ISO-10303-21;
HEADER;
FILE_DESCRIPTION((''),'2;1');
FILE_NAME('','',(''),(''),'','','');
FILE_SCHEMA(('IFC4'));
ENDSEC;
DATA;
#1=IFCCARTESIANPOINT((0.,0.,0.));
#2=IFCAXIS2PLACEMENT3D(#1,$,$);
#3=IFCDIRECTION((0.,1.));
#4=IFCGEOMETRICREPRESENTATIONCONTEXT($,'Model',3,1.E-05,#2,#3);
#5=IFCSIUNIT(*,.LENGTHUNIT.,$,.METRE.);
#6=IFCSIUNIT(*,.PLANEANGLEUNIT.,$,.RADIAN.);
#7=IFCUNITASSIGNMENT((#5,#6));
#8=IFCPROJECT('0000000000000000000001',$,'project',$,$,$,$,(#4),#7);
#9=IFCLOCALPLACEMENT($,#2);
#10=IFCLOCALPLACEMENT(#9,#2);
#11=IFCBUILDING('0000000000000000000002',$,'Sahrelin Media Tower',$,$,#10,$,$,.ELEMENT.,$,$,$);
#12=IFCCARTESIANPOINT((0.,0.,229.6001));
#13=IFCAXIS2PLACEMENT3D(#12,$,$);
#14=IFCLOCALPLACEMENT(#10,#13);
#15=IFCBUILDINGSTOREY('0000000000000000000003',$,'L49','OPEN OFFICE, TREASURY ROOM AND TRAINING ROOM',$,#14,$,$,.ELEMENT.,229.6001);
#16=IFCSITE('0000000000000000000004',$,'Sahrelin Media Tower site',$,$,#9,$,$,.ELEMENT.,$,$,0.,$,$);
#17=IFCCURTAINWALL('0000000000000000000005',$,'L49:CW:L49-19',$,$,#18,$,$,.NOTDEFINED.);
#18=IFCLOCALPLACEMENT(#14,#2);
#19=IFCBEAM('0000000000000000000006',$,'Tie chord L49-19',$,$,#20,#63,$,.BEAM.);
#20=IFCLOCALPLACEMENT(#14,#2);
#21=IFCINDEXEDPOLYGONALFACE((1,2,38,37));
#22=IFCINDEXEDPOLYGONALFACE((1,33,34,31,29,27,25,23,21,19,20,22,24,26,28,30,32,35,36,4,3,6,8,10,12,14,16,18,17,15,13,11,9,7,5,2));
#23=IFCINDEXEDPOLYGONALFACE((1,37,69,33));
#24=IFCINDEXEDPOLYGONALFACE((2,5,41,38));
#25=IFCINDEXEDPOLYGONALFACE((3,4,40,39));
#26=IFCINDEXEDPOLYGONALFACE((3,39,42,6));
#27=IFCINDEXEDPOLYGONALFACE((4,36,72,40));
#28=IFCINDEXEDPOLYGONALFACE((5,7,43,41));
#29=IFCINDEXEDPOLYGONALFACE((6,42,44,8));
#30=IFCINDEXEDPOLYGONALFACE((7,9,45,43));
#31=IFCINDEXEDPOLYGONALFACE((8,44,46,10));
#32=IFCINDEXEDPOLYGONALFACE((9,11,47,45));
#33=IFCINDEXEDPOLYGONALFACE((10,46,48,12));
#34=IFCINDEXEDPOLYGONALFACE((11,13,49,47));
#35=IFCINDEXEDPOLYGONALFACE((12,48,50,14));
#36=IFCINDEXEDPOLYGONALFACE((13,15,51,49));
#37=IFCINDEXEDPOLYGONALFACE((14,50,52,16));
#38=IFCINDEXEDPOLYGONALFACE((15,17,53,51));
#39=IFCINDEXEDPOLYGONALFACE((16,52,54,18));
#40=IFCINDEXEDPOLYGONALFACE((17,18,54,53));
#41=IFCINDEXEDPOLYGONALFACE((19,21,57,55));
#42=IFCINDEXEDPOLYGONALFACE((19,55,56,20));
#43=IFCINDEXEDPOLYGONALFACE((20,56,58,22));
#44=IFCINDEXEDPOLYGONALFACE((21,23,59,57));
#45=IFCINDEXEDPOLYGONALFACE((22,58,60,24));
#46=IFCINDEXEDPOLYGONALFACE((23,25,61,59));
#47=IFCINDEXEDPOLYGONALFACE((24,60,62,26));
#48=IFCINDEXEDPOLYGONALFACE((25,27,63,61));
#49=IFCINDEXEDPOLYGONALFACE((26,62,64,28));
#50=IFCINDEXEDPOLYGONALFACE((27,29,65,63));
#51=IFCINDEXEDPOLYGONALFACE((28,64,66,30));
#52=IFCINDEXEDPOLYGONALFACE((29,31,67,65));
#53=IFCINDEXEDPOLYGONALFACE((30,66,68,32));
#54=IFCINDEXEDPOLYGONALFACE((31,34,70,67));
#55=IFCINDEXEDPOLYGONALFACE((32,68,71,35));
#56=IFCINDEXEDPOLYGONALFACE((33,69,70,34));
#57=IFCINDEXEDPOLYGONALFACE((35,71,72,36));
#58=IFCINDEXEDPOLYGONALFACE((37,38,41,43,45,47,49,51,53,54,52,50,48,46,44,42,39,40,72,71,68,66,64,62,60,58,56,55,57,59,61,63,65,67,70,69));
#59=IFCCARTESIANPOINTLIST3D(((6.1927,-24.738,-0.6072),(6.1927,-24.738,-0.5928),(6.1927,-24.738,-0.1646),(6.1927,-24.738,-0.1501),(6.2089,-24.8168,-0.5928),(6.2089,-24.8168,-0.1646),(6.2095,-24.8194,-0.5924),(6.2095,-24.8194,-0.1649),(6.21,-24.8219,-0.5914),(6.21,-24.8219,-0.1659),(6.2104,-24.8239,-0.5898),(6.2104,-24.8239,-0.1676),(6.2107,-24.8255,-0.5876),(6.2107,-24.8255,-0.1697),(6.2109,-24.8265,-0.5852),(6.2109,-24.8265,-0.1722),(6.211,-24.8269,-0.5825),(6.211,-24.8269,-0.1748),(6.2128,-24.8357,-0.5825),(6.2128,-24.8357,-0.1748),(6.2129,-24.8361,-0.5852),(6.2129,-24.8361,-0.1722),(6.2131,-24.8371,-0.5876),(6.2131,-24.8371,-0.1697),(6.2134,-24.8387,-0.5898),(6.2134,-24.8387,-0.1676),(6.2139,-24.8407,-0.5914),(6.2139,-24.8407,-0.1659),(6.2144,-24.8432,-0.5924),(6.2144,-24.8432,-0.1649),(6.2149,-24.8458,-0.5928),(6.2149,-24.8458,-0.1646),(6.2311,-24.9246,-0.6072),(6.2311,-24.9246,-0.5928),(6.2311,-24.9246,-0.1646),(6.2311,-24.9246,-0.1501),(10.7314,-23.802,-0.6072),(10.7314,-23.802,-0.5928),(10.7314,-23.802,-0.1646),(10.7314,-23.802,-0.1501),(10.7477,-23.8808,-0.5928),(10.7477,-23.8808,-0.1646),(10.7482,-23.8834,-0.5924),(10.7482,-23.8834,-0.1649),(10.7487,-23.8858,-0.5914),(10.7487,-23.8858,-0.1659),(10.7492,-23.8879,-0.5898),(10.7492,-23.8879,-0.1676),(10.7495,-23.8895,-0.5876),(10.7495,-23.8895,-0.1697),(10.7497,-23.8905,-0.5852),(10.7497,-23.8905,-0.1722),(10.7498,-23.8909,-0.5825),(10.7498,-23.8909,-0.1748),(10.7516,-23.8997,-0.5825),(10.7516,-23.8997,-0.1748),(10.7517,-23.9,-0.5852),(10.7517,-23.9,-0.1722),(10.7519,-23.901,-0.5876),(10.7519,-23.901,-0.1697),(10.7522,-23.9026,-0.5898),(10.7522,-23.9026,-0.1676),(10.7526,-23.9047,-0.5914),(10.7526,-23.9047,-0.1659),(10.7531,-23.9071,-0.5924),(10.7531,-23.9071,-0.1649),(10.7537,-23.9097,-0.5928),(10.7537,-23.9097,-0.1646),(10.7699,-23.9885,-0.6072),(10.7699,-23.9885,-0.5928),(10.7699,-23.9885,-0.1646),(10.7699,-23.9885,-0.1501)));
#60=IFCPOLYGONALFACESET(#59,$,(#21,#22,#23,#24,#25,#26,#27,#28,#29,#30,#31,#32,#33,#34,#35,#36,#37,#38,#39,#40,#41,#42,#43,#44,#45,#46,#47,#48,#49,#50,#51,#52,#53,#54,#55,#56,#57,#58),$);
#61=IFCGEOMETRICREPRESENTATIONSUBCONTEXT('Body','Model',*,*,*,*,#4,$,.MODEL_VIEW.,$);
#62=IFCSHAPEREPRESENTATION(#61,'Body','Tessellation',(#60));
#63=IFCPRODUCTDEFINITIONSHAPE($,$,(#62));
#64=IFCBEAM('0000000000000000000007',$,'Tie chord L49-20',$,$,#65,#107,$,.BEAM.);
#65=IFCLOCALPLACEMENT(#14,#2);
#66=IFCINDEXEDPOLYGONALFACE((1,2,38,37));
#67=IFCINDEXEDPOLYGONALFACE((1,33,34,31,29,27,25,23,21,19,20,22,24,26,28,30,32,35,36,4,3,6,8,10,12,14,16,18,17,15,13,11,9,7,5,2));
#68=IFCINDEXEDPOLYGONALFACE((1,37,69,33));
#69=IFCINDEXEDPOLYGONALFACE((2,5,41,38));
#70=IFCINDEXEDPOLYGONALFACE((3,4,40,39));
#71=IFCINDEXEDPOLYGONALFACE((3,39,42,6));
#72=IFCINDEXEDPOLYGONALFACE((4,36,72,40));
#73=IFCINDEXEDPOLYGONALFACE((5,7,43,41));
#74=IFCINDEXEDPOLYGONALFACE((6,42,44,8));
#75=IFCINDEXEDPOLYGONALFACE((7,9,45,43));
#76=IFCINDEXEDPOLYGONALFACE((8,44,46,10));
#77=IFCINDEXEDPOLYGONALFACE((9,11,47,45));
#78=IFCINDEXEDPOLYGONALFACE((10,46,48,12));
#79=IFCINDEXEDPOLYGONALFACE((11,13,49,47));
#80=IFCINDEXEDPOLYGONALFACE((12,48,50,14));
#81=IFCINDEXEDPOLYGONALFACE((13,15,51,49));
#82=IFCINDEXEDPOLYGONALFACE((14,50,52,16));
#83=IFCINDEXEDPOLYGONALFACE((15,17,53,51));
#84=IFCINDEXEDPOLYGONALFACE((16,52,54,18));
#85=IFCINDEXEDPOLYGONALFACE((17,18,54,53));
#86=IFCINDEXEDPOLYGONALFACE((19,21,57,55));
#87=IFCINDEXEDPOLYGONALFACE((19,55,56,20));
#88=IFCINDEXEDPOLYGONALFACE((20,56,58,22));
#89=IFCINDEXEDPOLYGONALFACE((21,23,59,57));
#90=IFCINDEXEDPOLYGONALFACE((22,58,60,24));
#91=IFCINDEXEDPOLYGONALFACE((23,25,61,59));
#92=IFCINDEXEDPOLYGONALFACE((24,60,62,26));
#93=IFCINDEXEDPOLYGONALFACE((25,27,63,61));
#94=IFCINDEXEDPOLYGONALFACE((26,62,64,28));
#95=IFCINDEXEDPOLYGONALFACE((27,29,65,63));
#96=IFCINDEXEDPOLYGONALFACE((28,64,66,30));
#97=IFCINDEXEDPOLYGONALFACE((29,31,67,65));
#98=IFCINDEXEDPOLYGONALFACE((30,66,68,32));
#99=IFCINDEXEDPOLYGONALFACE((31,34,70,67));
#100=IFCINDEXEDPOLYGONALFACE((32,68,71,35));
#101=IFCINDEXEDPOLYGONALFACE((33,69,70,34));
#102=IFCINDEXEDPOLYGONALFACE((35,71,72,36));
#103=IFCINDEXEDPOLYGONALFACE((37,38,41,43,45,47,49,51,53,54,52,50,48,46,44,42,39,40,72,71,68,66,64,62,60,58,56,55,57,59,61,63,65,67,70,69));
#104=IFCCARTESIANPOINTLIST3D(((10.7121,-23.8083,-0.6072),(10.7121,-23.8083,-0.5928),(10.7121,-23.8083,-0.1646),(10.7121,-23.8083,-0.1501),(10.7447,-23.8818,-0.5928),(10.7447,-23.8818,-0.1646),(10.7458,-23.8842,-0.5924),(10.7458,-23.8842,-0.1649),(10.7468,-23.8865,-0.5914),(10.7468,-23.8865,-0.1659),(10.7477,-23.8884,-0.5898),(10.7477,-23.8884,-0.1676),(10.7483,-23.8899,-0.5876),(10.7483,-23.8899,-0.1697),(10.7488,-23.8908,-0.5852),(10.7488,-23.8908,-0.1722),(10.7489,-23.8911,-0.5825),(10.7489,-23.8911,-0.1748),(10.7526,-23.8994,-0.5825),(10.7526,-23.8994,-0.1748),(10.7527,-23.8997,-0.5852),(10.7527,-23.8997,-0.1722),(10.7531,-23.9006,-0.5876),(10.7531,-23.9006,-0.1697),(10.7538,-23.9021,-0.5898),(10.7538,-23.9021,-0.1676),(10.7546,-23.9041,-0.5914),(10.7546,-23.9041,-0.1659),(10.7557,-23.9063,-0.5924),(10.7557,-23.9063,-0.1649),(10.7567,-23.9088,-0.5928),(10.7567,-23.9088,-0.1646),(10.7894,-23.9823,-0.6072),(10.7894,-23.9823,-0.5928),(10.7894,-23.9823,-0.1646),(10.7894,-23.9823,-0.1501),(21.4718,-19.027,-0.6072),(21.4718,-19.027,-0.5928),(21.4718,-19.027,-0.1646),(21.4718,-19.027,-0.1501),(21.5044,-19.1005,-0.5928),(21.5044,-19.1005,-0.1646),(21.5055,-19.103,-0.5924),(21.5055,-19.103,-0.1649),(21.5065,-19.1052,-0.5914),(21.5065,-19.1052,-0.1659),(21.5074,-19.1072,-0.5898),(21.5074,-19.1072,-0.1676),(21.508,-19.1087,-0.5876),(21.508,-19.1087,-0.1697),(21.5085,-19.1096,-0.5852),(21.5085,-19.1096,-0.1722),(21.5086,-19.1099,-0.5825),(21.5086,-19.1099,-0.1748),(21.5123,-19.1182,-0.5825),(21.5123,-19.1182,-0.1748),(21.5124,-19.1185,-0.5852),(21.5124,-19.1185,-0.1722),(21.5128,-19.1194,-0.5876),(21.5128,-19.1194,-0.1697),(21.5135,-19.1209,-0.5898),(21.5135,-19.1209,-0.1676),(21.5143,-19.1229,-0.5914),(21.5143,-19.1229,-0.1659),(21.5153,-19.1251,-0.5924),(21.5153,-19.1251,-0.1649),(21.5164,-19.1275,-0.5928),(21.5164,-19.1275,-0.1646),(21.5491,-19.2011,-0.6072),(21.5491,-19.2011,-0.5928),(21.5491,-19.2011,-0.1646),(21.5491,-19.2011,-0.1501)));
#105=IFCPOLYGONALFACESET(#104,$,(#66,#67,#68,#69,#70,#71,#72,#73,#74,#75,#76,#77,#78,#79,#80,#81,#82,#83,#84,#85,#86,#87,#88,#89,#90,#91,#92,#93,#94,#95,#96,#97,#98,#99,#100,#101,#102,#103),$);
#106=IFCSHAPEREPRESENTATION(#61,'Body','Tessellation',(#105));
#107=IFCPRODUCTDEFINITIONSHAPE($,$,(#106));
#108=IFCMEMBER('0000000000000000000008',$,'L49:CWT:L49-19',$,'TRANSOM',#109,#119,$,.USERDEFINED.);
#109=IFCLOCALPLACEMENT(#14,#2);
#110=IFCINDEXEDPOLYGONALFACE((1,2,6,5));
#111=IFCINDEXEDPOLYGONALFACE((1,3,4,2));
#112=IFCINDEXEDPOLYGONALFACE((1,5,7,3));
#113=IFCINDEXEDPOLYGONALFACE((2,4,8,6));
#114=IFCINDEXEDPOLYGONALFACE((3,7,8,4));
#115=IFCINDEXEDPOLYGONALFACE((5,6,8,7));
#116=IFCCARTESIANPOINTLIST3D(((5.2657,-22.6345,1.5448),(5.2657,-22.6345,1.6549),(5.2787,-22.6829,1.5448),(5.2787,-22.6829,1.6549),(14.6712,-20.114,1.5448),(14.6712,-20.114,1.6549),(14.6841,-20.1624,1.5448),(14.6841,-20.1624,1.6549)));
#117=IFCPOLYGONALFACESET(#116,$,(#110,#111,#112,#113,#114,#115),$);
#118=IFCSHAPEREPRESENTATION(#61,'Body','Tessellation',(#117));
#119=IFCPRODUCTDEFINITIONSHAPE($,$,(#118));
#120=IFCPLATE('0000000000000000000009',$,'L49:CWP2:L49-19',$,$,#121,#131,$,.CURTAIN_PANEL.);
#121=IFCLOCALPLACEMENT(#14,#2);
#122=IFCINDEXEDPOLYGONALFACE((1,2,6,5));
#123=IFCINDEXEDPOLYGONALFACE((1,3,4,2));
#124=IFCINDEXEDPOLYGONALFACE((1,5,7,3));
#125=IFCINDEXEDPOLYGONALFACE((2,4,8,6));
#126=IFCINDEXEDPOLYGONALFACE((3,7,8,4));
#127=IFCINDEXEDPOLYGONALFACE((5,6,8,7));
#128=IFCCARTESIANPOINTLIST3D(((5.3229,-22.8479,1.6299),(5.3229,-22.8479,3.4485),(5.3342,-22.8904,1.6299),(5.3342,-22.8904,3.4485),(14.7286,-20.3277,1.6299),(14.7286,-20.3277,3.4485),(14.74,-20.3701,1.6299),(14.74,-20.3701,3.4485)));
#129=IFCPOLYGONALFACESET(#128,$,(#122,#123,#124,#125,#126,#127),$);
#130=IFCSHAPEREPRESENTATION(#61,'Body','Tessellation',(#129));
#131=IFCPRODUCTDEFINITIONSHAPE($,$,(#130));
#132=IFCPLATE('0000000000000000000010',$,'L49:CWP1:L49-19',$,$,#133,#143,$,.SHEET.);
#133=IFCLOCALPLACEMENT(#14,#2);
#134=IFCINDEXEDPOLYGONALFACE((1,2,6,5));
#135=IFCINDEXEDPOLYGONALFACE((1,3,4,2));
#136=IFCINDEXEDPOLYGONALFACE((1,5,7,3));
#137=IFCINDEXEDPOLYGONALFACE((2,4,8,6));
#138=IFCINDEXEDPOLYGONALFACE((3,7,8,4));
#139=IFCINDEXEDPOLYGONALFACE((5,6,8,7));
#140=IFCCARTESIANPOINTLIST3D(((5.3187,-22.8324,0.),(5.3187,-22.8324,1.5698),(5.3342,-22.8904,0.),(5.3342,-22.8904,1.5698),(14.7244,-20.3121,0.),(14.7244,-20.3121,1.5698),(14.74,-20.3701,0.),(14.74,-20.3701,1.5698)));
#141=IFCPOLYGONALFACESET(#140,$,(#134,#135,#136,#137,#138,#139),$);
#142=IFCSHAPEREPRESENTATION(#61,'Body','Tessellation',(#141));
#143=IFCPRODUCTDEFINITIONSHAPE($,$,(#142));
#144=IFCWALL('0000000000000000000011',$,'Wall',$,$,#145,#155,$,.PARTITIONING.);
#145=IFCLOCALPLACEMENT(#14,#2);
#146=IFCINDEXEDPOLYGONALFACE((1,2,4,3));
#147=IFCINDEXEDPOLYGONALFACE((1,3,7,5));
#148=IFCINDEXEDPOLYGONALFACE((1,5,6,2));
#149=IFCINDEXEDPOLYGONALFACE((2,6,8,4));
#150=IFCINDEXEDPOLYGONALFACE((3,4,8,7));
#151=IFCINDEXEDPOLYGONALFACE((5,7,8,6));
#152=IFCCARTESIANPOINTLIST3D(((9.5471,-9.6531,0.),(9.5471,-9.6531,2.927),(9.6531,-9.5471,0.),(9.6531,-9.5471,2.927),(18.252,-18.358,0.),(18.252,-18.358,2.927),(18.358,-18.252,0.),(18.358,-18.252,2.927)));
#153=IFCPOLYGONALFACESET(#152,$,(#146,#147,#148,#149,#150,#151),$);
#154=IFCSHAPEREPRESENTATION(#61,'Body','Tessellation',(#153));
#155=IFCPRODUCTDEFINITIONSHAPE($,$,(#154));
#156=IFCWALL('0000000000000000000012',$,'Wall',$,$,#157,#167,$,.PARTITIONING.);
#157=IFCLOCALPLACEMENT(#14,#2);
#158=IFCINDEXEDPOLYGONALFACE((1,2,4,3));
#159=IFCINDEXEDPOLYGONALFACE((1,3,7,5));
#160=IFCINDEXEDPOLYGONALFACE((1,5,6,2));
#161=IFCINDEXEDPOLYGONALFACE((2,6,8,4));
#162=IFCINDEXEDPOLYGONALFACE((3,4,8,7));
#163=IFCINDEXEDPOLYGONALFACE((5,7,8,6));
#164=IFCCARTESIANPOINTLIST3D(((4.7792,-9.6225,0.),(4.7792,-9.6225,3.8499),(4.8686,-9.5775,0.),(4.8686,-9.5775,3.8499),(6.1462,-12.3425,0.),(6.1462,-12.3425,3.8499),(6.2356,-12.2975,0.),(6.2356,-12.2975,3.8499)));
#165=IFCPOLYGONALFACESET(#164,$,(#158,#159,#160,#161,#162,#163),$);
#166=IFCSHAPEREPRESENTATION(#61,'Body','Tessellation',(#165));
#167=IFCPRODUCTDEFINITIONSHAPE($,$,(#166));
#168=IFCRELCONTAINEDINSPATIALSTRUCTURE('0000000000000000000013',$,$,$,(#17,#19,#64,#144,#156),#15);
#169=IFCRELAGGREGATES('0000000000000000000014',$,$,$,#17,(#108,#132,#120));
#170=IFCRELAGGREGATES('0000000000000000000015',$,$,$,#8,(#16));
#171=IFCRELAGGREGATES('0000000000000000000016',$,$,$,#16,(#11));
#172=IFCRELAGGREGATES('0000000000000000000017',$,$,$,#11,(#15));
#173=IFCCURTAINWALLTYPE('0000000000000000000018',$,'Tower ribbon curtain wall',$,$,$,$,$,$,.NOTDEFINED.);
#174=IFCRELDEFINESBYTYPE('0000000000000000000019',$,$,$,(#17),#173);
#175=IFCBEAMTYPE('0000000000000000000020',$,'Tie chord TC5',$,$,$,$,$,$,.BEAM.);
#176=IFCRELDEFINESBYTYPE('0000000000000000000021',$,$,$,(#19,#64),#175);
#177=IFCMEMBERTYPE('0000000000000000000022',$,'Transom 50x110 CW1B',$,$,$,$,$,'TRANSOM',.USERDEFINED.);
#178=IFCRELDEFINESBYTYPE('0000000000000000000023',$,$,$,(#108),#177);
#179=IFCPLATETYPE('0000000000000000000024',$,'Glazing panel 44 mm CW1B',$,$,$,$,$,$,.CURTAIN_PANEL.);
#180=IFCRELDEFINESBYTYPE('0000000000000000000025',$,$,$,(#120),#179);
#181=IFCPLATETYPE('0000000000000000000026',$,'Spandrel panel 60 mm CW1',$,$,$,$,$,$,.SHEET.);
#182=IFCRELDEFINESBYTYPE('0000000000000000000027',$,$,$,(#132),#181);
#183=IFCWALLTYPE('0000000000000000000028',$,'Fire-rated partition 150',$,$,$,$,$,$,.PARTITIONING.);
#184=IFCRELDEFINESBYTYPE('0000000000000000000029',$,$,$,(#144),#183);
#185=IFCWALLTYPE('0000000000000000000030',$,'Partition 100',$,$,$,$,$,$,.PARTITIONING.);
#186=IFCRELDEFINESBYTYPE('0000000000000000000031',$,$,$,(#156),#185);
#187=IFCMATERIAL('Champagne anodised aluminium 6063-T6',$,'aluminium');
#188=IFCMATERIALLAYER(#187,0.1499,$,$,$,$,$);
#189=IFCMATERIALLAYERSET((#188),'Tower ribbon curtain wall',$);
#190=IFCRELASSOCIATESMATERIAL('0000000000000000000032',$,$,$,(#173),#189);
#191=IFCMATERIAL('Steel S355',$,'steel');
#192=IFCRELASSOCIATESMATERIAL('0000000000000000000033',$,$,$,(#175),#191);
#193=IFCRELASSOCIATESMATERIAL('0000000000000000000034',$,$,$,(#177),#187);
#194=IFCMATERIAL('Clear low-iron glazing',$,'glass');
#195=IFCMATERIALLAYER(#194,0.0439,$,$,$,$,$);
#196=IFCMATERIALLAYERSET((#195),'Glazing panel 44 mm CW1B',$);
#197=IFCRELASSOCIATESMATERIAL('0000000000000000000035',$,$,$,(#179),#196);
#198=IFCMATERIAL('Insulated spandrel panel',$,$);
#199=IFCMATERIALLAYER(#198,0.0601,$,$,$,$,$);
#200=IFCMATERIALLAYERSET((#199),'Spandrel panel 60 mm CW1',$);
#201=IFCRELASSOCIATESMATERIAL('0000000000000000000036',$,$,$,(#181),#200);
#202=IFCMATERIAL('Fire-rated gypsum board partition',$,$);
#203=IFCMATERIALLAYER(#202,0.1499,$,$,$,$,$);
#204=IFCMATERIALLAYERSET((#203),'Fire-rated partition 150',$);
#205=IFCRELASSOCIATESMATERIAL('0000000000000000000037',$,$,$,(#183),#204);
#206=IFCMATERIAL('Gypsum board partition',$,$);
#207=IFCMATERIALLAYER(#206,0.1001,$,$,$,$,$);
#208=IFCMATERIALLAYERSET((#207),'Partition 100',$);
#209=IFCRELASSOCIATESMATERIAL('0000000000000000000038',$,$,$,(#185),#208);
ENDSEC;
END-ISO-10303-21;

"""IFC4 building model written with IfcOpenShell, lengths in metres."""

from ifc_helpers import new_model, si_unit, direction, frame, frame_2d, origin, origin_2d, place, context, subcontext, project, spatial, polyline, rectangle, i_section, outline, extrude, material, layer, layer_set, material_profile, profile_set, type_object, element, aggregate, save


model = new_model("IFC4")

# Units and contexts
model_context = context("Model", 3, precision=1e-05, world=origin(), true_north=direction((0.0, 1.0)))
body_context = subcontext(model_context, "Body", "Model", "MODEL_VIEW")
ifc_project = project(units=[si_unit("LENGTHUNIT", "METRE"), si_unit("PLANEANGLEUNIT", "RADIAN")], contexts=[model_context])

# Site, building, storey
site_placement = place(None, origin())
site = spatial("IfcSite", under=ifc_project, at=site_placement, Name="Sahrelin Media Tower site", CompositionType="ELEMENT", RefElevation=0.0)
building_placement = place(site_placement, origin())
building = spatial("IfcBuilding", under=site, at=building_placement, Name="Sahrelin Media Tower", CompositionType="ELEMENT")
storey_placement = place(building_placement, frame((0.0, 0.0, 229.6001)))
storey = spatial("IfcBuildingStorey", under=building, at=storey_placement, Name="L49", Description="OPEN OFFICE, TREASURY ROOM AND TRAINING ROOM", CompositionType="ELEMENT", Elevation=229.6001)

# Shared definitions
ifc_material_1 = material(Name="Steel S355", Category="steel")

# Curtain wall
ifc_material_2 = material(Name="Champagne anodised aluminium 6063-T6", Category="aluminium")
ifc_layer_1 = layer(ifc_material_2, 0.1499)
ifc_layer_set_1 = layer_set([ifc_layer_1], Name="Tower ribbon curtain wall")
curtain_wall_type = type_object("IfcCurtainWallType", Name="Tower ribbon curtain wall", PredefinedType="NOTDEFINED", material=ifc_layer_set_1)
curtain_wall_placement = place(storey_placement, frame((10.032, -21.6111, 0.0), z_axis=(0.0, 0.0, 1.0), x_axis=(1.0, 0.0, 0.0)))
curtain_wall = element("IfcCurtainWall", 1, at=curtain_wall_placement, inside=storey, type_object=curtain_wall_type, Name="L49:CW:L49-19", PredefinedType="NOTDEFINED")

# Beams
ifc_material_profile_1 = material_profile(ifc_material_1, i_section(OverallWidth=0.1904, OverallDepth=0.457, WebThickness=0.009, FlangeThickness=0.0144, FilletRadius=0.0103, at=origin_2d()), Name="UB 457x191x74")
ifc_profile_set_1 = profile_set([ifc_material_profile_1], Name="Steel S355")
beam_type_1 = type_object("IfcBeamType", Name="Tie chord TC5", PredefinedType="BEAM", material=ifc_profile_set_1)
beam_1_placement = place(storey_placement, frame((6.2119, -24.8313, -0.3787), z_axis=(0.97939, 0.201978, 0.0), x_axis=(-0.201978, 0.97939, 0.0)))
element("IfcBeam", 2, at=beam_1_placement, inside=storey, type_object=beam_type_1, Name="Tie chord L49-19", PredefinedType="BEAM", context=body_context, shape_type="SweptSolid", body=[
    extrude(i_section(OverallWidth=0.1904, OverallDepth=0.457, WebThickness=0.009, FlangeThickness=0.0144, FilletRadius=0.0103, at=origin_2d()), origin(), (0.0, 0.0, 1.0), 4.6343),
])
beam_2_placement = place(storey_placement, frame((10.7507, -23.8953, -0.3787), z_axis=(0.913839, 0.406077, 0.0), x_axis=(-0.406077, 0.913839, 0.0)))
element("IfcBeam", 3, at=beam_2_placement, inside=storey, type_object=beam_type_1, Name="Tie chord L49-20", PredefinedType="BEAM", context=body_context, shape_type="SweptSolid", body=[
    extrude(i_section(OverallWidth=0.1904, OverallDepth=0.457, WebThickness=0.009, FlangeThickness=0.0144, FilletRadius=0.0103, at=origin_2d()), origin(), (0.0, 0.0, 1.0), 11.7742),
])

# Member
ifc_material_profile_2 = material_profile(ifc_material_2, rectangle(XDim=0.05, YDim=0.1101, at=origin_2d()), Name="Transom 50x110")
ifc_profile_set_2 = profile_set([ifc_material_profile_2], Name="Champagne anodised aluminium 6063-T6")
member_type_1 = type_object("IfcMemberType", Name="Transom 50x110 CW1B", ElementType="TRANSOM", PredefinedType="USERDEFINED", material=ifc_profile_set_2)
member_1_placement = place(storey_placement, frame((5.2722, -22.6587, 1.5999), z_axis=(0.965918, 0.258848, 0.0), x_axis=(-0.258848, 0.965918, 0.0)))
member_1 = element("IfcMember", 4, at=member_1_placement, type_object=member_type_1, Name="L49:CWT:L49-19", ObjectType="TRANSOM", PredefinedType="USERDEFINED", context=body_context, shape_type="SweptSolid", body=[
    extrude(rectangle(XDim=0.05, YDim=0.1101, at=origin_2d()), origin(), (0.0, 0.0, 1.0), 9.7373),
])

# Plates
ifc_material_3 = material(Name="Clear low-iron glazing", Category="glass")
ifc_layer_2 = layer(ifc_material_3, 0.0439)
ifc_layer_set_2 = layer_set([ifc_layer_2], Name="Glazing panel 44 mm CW1B")
plate_type_1 = type_object("IfcPlateType", Name="Glazing panel 44 mm CW1B", PredefinedType="CURTAIN_PANEL", material=ifc_layer_set_2)
plate_1_placement = place(storey_placement, frame((5.3342, -22.8904, 1.6299), z_axis=(0.258819, -0.965926, 0.0), x_axis=(0.965926, 0.258819, 0.0)))
plate_1 = element("IfcPlate", 5, at=plate_1_placement, type_object=plate_type_1, Name="L49:CWP2:L49-19", PredefinedType="CURTAIN_PANEL", context=body_context, shape_type="SweptSolid", body=[
    extrude(outline(polyline([(0.0, 0.0), (9.7375, 0.0), (9.7375, 1.8186), (0.0, 1.8186), (0.0, 0.0)])), origin(), (0.0, 0.0, -1.0), 0.0439),
])
ifc_material_4 = material(Name="Insulated spandrel panel")
ifc_layer_3 = layer(ifc_material_4, 0.0601)
ifc_layer_set_3 = layer_set([ifc_layer_3], Name="Spandrel panel 60 mm CW1")
plate_type_2 = type_object("IfcPlateType", Name="Spandrel panel 60 mm CW1", PredefinedType="SHEET", material=ifc_layer_set_3)
plate_2_placement = place(storey_placement, frame((5.3342, -22.8904, 0.0), z_axis=(0.258819, -0.965926, 0.0), x_axis=(0.965926, 0.258819, 0.0)))
plate_2 = element("IfcPlate", 6, at=plate_2_placement, type_object=plate_type_2, Name="L49:CWP1:L49-19", PredefinedType="SHEET", context=body_context, shape_type="SweptSolid", body=[
    extrude(outline(polyline([(0.0, 0.0), (9.7375, 0.0), (9.7375, 1.5698), (0.0, 1.5698), (0.0, 0.0)])), origin(), (0.0, 0.0, -1.0), 0.0601),
])
aggregate(curtain_wall, [member_1, plate_2, plate_1])

# Walls
ifc_material_5 = material(Name="Fire-rated gypsum board partition")
ifc_layer_4 = layer(ifc_material_5, 0.1499)
ifc_layer_set_4 = layer_set([ifc_layer_4], Name="Fire-rated partition 150")
wall_type_1 = type_object("IfcWallType", Name="Fire-rated partition 150", PredefinedType="PARTITIONING", material=ifc_layer_set_4)
wall_1_placement = place(storey_placement, frame((9.6001, -9.6001, 0.0), z_axis=(0.0, 0.0, 1.0), x_axis=(0.707107, -0.707107, 0.0)))
element("IfcWall", 7, at=wall_1_placement, inside=storey, type_object=wall_type_1, Name="Wall", PredefinedType="PARTITIONING", context=body_context, shape_type="SweptSolid", body=[
    extrude(rectangle(XDim=12.3105, YDim=0.1499, at=frame_2d((6.1553, 0.0))), origin(), (0.0, 0.0, 1.0), 2.927),
])
ifc_material_6 = material(Name="Gypsum board partition")
ifc_layer_5 = layer(ifc_material_6, 0.1001)
ifc_layer_set_5 = layer_set([ifc_layer_5], Name="Partition 100")
wall_type_2 = type_object("IfcWallType", Name="Partition 100", PredefinedType="PARTITIONING", material=ifc_layer_set_5)
wall_2_placement = place(storey_placement, frame((4.824, -9.6001, 0.0), z_axis=(0.0, 0.0, 1.0), x_axis=(0.449041, -0.893511, 0.0)))
element("IfcWall", 8, at=wall_2_placement, inside=storey, type_object=wall_type_2, Name="Wall", PredefinedType="PARTITIONING", context=body_context, shape_type="SweptSolid", body=[
    extrude(rectangle(XDim=3.0442, YDim=0.1001, at=frame_2d((1.522, 0.0))), origin(), (0.0, 0.0, 1.0), 3.8499),
])

save(model, "model.ifc")
